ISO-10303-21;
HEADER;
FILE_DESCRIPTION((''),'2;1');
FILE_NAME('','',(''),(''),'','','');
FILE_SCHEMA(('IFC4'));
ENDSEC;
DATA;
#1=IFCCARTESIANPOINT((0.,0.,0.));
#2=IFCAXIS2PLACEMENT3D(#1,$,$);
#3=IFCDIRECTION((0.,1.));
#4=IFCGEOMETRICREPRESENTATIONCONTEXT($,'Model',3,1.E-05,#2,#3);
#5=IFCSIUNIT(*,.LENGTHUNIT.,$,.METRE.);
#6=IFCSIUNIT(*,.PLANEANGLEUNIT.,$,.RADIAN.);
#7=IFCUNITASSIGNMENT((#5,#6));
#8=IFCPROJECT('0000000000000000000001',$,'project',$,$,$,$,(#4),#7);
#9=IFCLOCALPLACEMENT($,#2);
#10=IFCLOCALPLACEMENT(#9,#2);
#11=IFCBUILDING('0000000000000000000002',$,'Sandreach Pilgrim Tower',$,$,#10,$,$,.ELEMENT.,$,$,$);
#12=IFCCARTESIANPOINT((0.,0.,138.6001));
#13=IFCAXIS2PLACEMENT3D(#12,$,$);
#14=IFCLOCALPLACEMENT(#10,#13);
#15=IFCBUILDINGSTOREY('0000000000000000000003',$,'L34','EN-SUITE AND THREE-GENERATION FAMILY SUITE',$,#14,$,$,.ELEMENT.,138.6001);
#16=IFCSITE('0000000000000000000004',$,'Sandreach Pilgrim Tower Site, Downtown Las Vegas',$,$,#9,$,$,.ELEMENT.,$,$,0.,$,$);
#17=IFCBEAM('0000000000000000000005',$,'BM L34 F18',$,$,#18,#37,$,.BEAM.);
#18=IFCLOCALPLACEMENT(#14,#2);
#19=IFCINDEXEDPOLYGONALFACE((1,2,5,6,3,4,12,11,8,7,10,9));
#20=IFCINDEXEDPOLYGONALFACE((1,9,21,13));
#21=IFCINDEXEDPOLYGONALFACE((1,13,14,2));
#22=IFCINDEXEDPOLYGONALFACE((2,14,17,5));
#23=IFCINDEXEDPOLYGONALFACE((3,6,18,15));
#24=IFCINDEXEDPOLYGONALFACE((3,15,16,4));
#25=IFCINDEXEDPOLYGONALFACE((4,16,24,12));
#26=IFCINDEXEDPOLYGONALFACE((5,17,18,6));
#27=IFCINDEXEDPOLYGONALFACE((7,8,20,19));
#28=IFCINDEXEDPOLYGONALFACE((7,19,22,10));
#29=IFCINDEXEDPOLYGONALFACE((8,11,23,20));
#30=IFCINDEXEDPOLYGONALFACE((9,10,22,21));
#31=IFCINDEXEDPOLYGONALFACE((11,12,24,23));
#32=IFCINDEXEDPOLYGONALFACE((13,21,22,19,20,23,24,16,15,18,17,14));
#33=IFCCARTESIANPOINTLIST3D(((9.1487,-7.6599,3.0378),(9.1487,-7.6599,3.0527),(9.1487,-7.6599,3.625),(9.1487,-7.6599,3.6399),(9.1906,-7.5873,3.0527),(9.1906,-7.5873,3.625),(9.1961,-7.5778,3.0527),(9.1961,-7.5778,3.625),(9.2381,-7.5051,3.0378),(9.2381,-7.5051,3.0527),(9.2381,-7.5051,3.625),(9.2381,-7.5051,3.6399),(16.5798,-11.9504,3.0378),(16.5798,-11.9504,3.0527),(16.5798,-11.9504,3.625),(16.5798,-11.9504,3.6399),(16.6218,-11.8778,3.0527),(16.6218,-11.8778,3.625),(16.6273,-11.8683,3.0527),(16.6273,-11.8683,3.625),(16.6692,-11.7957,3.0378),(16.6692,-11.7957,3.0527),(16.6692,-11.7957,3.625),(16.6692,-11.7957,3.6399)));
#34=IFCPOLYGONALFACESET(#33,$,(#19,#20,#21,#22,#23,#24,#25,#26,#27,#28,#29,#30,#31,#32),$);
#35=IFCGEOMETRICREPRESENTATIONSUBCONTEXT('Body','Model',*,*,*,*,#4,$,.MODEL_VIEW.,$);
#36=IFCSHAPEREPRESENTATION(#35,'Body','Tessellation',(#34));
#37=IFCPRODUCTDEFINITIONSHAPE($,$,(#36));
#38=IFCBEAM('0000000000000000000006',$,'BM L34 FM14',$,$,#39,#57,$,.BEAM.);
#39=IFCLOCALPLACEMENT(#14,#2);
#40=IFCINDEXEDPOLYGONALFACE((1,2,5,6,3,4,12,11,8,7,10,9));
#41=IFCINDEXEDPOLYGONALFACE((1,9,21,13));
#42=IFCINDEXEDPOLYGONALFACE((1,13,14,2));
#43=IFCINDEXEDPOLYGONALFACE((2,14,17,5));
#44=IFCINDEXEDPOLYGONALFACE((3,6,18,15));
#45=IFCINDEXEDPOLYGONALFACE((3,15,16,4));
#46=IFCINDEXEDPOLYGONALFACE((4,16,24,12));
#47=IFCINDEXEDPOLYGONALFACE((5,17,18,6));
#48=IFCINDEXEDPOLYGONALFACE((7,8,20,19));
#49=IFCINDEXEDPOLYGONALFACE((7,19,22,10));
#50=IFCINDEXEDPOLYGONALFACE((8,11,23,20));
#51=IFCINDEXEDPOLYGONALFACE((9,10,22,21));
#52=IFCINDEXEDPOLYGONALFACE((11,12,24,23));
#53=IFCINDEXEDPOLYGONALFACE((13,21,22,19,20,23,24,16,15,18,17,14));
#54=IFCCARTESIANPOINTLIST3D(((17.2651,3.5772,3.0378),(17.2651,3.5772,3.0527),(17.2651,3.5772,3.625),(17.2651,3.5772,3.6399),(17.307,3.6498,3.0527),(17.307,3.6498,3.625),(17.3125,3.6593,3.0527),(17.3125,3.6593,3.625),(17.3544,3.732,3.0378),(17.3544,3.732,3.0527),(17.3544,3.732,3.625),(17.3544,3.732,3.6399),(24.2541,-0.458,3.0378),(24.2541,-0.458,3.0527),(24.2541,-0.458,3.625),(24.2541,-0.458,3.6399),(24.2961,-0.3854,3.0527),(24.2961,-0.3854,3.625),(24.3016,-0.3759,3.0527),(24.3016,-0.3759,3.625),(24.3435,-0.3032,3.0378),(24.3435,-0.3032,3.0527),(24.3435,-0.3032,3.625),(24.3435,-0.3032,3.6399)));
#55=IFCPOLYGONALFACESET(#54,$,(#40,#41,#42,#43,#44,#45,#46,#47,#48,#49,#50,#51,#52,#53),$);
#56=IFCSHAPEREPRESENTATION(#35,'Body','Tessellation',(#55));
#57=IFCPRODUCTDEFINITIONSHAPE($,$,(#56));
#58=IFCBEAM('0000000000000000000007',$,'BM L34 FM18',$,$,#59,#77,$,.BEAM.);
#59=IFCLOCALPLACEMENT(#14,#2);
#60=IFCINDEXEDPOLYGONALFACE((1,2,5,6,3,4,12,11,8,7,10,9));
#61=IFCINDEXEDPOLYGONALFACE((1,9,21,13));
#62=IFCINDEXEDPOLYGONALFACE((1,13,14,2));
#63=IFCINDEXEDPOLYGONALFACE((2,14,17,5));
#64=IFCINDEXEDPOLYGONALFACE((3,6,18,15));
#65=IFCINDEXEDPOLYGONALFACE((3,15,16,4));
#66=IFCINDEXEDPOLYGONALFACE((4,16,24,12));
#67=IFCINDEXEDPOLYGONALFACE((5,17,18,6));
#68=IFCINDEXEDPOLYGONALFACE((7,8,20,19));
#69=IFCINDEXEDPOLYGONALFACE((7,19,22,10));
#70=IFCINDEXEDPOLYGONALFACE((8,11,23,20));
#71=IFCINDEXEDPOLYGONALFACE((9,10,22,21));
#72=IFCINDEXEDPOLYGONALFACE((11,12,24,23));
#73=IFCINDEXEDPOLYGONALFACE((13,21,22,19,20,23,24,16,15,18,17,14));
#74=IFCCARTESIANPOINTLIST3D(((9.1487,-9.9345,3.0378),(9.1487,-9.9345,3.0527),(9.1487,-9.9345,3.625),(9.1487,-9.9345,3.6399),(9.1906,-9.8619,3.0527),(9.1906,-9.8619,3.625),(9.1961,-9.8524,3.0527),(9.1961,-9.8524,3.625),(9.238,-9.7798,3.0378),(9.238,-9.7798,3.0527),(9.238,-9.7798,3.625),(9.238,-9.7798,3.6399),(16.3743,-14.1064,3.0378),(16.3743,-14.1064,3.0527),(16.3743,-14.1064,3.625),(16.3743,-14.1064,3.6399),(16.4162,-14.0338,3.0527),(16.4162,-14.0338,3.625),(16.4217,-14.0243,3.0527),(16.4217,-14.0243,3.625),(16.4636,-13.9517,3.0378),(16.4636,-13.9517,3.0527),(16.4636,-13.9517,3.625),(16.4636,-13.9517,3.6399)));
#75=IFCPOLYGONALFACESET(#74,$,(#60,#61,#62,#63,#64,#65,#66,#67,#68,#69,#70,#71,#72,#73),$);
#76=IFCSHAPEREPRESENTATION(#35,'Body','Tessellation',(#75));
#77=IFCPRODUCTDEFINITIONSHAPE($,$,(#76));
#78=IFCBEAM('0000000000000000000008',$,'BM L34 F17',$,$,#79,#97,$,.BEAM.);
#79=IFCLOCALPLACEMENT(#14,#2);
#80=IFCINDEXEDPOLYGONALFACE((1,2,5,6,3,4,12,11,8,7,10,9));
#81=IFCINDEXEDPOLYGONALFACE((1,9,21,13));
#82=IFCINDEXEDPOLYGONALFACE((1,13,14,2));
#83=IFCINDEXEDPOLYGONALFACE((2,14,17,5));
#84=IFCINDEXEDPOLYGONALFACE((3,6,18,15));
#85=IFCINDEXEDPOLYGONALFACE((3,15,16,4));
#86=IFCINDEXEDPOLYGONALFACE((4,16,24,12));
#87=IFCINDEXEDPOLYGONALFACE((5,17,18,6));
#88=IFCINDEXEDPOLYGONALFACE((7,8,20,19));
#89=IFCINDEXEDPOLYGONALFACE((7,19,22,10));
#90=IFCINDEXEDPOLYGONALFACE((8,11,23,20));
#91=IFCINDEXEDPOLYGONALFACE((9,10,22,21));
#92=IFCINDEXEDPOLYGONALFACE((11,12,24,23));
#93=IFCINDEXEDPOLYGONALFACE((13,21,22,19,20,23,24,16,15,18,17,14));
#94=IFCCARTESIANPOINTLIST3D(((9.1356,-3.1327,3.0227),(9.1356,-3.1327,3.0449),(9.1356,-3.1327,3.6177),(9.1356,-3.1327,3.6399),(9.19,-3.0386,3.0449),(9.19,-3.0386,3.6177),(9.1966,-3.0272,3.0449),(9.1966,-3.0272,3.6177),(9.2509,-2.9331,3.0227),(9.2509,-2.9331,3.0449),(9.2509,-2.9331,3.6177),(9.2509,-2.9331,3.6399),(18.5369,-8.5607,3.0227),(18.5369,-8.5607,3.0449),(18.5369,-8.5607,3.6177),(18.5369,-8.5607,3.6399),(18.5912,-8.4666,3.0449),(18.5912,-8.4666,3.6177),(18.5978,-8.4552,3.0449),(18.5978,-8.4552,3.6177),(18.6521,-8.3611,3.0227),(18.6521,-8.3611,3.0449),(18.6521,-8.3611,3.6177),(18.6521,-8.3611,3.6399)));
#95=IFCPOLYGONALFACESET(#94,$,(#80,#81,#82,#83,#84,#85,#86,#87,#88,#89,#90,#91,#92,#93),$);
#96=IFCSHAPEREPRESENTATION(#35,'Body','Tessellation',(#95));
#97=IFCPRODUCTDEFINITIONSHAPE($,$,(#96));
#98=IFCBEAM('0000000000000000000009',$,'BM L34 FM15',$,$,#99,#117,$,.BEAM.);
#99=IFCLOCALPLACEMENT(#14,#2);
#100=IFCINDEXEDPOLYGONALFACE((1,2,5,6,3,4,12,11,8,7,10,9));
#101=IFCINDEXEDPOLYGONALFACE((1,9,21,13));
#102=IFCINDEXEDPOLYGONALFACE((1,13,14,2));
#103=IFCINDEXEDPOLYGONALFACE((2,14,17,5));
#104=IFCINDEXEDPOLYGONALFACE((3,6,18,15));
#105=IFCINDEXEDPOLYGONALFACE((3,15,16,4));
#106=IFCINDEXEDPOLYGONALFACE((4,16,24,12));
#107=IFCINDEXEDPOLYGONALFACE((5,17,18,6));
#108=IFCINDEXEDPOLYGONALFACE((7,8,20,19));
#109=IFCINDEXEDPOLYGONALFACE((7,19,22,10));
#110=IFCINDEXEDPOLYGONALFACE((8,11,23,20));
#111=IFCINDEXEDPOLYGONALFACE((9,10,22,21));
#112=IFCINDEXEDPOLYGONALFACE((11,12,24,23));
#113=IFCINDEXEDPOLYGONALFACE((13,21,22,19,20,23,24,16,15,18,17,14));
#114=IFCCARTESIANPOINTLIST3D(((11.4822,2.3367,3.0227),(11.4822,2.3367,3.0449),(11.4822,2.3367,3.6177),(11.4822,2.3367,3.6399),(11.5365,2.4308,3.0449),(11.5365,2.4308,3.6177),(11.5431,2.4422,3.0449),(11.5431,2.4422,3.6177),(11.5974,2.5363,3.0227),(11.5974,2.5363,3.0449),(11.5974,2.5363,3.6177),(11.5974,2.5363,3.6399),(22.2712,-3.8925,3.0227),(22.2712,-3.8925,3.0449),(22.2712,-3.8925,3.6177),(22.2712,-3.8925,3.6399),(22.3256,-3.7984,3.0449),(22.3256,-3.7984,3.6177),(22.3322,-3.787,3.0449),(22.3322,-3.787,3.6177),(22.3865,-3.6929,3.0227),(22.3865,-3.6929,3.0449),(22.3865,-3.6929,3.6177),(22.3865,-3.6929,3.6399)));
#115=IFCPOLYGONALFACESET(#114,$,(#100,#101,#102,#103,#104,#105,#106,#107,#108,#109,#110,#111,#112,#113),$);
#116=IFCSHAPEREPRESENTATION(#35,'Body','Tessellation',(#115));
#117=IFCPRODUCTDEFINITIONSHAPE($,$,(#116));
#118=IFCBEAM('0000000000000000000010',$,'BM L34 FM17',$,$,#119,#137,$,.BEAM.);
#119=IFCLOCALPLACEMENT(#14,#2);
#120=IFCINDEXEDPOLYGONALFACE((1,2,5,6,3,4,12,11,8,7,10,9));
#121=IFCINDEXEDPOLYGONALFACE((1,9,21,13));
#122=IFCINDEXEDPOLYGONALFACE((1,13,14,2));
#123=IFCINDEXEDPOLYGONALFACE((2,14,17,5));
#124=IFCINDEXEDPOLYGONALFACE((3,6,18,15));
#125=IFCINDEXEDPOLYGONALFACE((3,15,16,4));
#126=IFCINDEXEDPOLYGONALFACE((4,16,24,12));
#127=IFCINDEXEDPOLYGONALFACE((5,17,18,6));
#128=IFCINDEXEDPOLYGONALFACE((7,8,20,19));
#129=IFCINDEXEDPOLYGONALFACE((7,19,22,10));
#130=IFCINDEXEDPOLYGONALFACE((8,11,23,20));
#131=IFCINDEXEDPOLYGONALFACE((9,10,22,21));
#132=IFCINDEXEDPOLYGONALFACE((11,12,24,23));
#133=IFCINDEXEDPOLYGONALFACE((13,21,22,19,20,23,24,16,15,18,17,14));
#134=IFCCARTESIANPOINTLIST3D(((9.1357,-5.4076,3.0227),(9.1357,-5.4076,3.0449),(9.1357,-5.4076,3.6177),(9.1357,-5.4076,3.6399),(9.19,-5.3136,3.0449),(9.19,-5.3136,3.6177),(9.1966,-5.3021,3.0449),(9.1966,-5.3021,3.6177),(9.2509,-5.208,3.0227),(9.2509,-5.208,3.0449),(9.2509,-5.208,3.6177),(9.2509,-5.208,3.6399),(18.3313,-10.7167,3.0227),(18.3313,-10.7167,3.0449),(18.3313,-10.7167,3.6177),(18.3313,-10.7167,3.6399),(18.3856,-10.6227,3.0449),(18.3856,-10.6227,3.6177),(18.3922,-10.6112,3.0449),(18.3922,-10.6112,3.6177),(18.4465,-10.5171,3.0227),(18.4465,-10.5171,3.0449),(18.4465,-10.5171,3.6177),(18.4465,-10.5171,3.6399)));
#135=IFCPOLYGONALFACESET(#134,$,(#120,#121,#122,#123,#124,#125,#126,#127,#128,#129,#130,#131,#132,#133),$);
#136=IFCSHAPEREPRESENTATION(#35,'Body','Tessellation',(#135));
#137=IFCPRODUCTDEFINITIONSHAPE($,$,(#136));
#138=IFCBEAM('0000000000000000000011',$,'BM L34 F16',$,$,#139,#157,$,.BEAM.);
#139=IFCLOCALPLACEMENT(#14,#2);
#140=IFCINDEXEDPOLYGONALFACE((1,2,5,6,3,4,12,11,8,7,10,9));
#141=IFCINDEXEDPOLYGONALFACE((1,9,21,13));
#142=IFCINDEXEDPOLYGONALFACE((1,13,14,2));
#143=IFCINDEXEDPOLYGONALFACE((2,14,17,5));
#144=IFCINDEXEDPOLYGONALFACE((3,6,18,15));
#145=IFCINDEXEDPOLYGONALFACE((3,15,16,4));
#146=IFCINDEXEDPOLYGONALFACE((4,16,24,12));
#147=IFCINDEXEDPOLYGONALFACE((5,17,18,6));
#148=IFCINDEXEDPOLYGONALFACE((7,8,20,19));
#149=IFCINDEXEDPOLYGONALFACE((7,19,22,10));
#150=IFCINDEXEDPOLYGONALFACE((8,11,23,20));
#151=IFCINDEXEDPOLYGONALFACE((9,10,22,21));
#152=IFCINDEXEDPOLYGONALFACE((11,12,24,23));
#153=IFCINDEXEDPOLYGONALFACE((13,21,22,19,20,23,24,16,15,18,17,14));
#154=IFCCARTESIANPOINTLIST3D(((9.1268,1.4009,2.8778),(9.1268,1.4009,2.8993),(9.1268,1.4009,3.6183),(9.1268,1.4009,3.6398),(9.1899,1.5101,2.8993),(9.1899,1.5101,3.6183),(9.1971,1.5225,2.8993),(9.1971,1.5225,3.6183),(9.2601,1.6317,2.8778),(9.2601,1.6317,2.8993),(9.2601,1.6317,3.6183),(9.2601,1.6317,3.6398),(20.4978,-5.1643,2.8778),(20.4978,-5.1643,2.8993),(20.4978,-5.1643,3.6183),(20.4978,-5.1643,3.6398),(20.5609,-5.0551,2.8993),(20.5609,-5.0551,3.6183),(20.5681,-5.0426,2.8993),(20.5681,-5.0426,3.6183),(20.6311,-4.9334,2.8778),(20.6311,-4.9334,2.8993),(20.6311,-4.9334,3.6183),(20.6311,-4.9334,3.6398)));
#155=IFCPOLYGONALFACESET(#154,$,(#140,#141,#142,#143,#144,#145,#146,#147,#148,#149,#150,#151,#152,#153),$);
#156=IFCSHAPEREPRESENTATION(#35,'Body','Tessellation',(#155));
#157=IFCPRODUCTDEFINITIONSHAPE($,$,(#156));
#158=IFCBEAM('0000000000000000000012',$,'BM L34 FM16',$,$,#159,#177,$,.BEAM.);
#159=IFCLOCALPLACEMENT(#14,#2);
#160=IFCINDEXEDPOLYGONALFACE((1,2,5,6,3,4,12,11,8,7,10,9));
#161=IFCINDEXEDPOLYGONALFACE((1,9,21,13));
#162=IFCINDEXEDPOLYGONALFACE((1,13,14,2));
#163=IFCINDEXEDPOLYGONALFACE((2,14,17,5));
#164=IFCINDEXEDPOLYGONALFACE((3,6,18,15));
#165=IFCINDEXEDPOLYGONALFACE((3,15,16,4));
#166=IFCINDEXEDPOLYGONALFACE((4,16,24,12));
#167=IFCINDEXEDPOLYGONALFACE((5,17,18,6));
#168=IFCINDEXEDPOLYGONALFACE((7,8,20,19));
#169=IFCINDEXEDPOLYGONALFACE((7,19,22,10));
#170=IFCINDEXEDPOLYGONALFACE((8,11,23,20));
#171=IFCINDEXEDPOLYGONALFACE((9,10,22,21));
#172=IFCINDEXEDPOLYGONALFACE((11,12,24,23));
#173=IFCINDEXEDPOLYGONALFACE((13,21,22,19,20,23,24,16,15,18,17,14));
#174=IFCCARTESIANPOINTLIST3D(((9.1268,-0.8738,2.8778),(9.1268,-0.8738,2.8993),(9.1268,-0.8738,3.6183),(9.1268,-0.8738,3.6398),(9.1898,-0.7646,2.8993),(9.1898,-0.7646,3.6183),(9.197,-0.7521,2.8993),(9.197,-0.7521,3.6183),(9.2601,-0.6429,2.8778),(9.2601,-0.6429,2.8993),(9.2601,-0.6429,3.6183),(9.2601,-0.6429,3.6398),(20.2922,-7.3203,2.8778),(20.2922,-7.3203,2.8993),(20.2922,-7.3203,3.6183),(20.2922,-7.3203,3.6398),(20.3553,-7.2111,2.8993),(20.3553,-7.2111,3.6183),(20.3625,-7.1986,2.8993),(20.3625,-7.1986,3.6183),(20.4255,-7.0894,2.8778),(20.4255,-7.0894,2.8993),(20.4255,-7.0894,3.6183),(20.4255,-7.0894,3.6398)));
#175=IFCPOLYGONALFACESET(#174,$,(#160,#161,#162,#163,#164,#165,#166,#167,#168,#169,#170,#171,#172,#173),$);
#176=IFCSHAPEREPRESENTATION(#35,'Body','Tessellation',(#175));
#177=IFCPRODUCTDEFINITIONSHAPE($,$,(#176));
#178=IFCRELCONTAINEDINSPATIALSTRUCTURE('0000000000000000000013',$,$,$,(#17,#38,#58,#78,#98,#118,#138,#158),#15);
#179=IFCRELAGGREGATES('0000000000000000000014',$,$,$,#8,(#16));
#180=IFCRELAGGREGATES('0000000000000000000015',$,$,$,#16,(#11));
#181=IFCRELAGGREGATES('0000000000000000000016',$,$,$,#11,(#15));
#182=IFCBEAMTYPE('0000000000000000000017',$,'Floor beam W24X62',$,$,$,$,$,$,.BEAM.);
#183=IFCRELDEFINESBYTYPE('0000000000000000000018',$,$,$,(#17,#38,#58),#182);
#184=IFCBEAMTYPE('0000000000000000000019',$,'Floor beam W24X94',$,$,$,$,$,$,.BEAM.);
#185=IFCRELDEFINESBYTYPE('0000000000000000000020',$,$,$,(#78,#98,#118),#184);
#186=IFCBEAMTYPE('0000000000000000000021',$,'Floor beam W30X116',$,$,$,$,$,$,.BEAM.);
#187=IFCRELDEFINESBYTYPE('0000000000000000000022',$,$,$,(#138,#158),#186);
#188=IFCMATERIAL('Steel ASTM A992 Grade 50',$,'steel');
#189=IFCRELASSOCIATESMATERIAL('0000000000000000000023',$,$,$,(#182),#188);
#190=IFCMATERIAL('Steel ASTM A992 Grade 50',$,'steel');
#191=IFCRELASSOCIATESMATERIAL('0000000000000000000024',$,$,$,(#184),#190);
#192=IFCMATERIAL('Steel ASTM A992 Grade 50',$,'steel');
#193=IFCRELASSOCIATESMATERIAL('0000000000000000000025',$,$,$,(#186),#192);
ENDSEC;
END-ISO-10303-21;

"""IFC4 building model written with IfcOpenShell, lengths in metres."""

from ifc_helpers import new_model, si_unit, direction, frame, origin, origin_2d, place, context, subcontext, project, spatial, i_section, extrude, material, material_profile, profile_set, type_object, element, save


model = new_model("IFC4")

# Units and contexts
model_context = context("Model", 3, precision=1e-05, world=origin(), true_north=direction((0.0, 1.0)))
body_context = subcontext(model_context, "Body", "Model", "MODEL_VIEW")
ifc_project = project(units=[si_unit("LENGTHUNIT", "METRE"), si_unit("PLANEANGLEUNIT", "RADIAN")], contexts=[model_context])

# Site, building, storey
site_placement = place(None, origin())
site = spatial("IfcSite", under=ifc_project, at=site_placement, Name="Sandreach Pilgrim Tower Site, Downtown Las Vegas", CompositionType="ELEMENT", RefElevation=0.0)
building_placement = place(site_placement, origin())
building = spatial("IfcBuilding", under=site, at=building_placement, Name="Sandreach Pilgrim Tower", CompositionType="ELEMENT")
storey_placement = place(building_placement, frame((0.0, 0.0, 138.6001)))
storey = spatial("IfcBuildingStorey", under=building, at=storey_placement, Name="L34", Description="EN-SUITE AND THREE-GENERATION FAMILY SUITE", CompositionType="ELEMENT", Elevation=138.6001)

# Beams
ifc_material_1 = material(Name="Steel ASTM A992 Grade 50", Category="steel")
ifc_material_profile_1 = material_profile(ifc_material_1, i_section(OverallWidth=0.1787, OverallDepth=0.6021, WebThickness=0.011, FlangeThickness=0.0149, at=origin_2d()), Name="W24X62")
ifc_profile_set_1 = profile_set([ifc_material_profile_1], Name="Steel ASTM A992 Grade 50")
beam_type_1 = type_object("IfcBeamType", Name="Floor beam W24X62", PredefinedType="BEAM", material=ifc_profile_set_1)
beam_1_placement = place(storey_placement, frame((16.6245, -11.873, 3.3389), z_axis=(-0.866018, 0.500013, 0.0), x_axis=(-0.500013, -0.866018, 0.0)))
element("IfcBeam", 1, at=beam_1_placement, inside=storey, type_object=beam_type_1, Name="BM L34 F18", PredefinedType="BEAM", context=body_context, shape_type="SweptSolid", body=[
    extrude(i_section(OverallWidth=0.1787, OverallDepth=0.6021, WebThickness=0.011, FlangeThickness=0.0149, at=origin_2d()), origin(), (0.0, 0.0, 1.0), 8.5808),
])
beam_2_placement = place(storey_placement, frame((24.2988, -0.3806, 3.3389), z_axis=(-0.866023, 0.500004, 0.0), x_axis=(-0.500004, -0.866023, 0.0)))
element("IfcBeam", 2, at=beam_2_placement, inside=storey, type_object=beam_type_1, Name="BM L34 FM14", PredefinedType="BEAM", context=body_context, shape_type="SweptSolid", body=[
    extrude(i_section(OverallWidth=0.1787, OverallDepth=0.6021, WebThickness=0.011, FlangeThickness=0.0149, at=origin_2d()), origin(), (0.0, 0.0, 1.0), 8.0703),
])
beam_3_placement = place(storey_placement, frame((16.4189, -14.0291, 3.3389), z_axis=(-0.866016, 0.500016, 0.0), x_axis=(-0.500016, -0.866016, 0.0)))
element("IfcBeam", 3, at=beam_3_placement, inside=storey, type_object=beam_type_1, Name="BM L34 FM18", PredefinedType="BEAM", context=body_context, shape_type="SweptSolid", body=[
    extrude(i_section(OverallWidth=0.1787, OverallDepth=0.6021, WebThickness=0.011, FlangeThickness=0.0149, at=origin_2d()), origin(), (0.0, 0.0, 1.0), 8.3435),
])
ifc_material_2 = material(Name="Steel ASTM A992 Grade 50", Category="steel")
ifc_material_profile_2 = material_profile(ifc_material_2, i_section(OverallWidth=0.2305, OverallDepth=0.6172, WebThickness=0.0132, FlangeThickness=0.0222, at=origin_2d()), Name="W24X94")
ifc_profile_set_2 = profile_set([ifc_material_profile_2], Name="Steel ASTM A992 Grade 50")
beam_type_2 = type_object("IfcBeamType", Name="Floor beam W24X94", PredefinedType="BEAM", material=ifc_profile_set_2)
beam_4_placement = place(storey_placement, frame((18.5945, -8.4609, 3.3313), z_axis=(-0.866016, 0.500016, 0.0), x_axis=(-0.500016, -0.866016, 0.0)))
element("IfcBeam", 4, at=beam_4_placement, inside=storey, type_object=beam_type_2, Name="BM L34 F17", PredefinedType="BEAM", context=body_context, shape_type="SweptSolid", body=[
    extrude(i_section(OverallWidth=0.2305, OverallDepth=0.6172, WebThickness=0.0132, FlangeThickness=0.0222, at=origin_2d()), origin(), (0.0, 0.0, 1.0), 10.8557),
])
beam_5_placement = place(storey_placement, frame((22.3289, -3.7927, 3.3313), z_axis=(-0.866019, 0.500011, 0.0), x_axis=(-0.500011, -0.866019, 0.0)))
element("IfcBeam", 5, at=beam_5_placement, inside=storey, type_object=beam_type_2, Name="BM L34 FM15", PredefinedType="BEAM", context=body_context, shape_type="SweptSolid", body=[
    extrude(i_section(OverallWidth=0.2305, OverallDepth=0.6172, WebThickness=0.0132, FlangeThickness=0.0222, at=origin_2d()), origin(), (0.0, 0.0, 1.0), 12.4583),
])
beam_6_placement = place(storey_placement, frame((18.3889, -10.6169, 3.3313), z_axis=(-0.866024, 0.500002, 0.0), x_axis=(-0.500002, -0.866024, 0.0)))
element("IfcBeam", 6, at=beam_6_placement, inside=storey, type_object=beam_type_2, Name="BM L34 FM17", PredefinedType="BEAM", context=body_context, shape_type="SweptSolid", body=[
    extrude(i_section(OverallWidth=0.2305, OverallDepth=0.6172, WebThickness=0.0132, FlangeThickness=0.0222, at=origin_2d()), origin(), (0.0, 0.0, 1.0), 10.6182),
])
ifc_material_3 = material(Name="Steel ASTM A992 Grade 50", Category="steel")
ifc_material_profile_3 = material_profile(ifc_material_3, i_section(OverallWidth=0.2666, OverallDepth=0.762, WebThickness=0.0144, FlangeThickness=0.0215, at=origin_2d()), Name="W30X116")
ifc_profile_set_3 = profile_set([ifc_material_profile_3], Name="Steel ASTM A992 Grade 50")
beam_type_3 = type_object("IfcBeamType", Name="Floor beam W30X116", PredefinedType="BEAM", material=ifc_profile_set_3)
beam_7_placement = place(storey_placement, frame((20.5645, -5.0488, 3.2588), z_axis=(-0.866023, 0.500005, 0.0), x_axis=(-0.500005, -0.866023, 0.0)))
element("IfcBeam", 7, at=beam_7_placement, inside=storey, type_object=beam_type_3, Name="BM L34 F16", PredefinedType="BEAM", context=body_context, shape_type="SweptSolid", body=[
    extrude(i_section(OverallWidth=0.2666, OverallDepth=0.762, WebThickness=0.0144, FlangeThickness=0.0215, at=origin_2d()), origin(), (0.0, 0.0, 1.0), 13.1301),
])
beam_8_placement = place(storey_placement, frame((20.3589, -7.2048, 3.2588), z_axis=(-0.866022, 0.500007, 0.0), x_axis=(-0.500007, -0.866022, 0.0)))
element("IfcBeam", 8, at=beam_8_placement, inside=storey, type_object=beam_type_3, Name="BM L34 FM16", PredefinedType="BEAM", context=body_context, shape_type="SweptSolid", body=[
    extrude(i_section(OverallWidth=0.2666, OverallDepth=0.762, WebThickness=0.0144, FlangeThickness=0.0215, at=origin_2d()), origin(), (0.0, 0.0, 1.0), 12.8928),
])

save(model, "model.ifc")
